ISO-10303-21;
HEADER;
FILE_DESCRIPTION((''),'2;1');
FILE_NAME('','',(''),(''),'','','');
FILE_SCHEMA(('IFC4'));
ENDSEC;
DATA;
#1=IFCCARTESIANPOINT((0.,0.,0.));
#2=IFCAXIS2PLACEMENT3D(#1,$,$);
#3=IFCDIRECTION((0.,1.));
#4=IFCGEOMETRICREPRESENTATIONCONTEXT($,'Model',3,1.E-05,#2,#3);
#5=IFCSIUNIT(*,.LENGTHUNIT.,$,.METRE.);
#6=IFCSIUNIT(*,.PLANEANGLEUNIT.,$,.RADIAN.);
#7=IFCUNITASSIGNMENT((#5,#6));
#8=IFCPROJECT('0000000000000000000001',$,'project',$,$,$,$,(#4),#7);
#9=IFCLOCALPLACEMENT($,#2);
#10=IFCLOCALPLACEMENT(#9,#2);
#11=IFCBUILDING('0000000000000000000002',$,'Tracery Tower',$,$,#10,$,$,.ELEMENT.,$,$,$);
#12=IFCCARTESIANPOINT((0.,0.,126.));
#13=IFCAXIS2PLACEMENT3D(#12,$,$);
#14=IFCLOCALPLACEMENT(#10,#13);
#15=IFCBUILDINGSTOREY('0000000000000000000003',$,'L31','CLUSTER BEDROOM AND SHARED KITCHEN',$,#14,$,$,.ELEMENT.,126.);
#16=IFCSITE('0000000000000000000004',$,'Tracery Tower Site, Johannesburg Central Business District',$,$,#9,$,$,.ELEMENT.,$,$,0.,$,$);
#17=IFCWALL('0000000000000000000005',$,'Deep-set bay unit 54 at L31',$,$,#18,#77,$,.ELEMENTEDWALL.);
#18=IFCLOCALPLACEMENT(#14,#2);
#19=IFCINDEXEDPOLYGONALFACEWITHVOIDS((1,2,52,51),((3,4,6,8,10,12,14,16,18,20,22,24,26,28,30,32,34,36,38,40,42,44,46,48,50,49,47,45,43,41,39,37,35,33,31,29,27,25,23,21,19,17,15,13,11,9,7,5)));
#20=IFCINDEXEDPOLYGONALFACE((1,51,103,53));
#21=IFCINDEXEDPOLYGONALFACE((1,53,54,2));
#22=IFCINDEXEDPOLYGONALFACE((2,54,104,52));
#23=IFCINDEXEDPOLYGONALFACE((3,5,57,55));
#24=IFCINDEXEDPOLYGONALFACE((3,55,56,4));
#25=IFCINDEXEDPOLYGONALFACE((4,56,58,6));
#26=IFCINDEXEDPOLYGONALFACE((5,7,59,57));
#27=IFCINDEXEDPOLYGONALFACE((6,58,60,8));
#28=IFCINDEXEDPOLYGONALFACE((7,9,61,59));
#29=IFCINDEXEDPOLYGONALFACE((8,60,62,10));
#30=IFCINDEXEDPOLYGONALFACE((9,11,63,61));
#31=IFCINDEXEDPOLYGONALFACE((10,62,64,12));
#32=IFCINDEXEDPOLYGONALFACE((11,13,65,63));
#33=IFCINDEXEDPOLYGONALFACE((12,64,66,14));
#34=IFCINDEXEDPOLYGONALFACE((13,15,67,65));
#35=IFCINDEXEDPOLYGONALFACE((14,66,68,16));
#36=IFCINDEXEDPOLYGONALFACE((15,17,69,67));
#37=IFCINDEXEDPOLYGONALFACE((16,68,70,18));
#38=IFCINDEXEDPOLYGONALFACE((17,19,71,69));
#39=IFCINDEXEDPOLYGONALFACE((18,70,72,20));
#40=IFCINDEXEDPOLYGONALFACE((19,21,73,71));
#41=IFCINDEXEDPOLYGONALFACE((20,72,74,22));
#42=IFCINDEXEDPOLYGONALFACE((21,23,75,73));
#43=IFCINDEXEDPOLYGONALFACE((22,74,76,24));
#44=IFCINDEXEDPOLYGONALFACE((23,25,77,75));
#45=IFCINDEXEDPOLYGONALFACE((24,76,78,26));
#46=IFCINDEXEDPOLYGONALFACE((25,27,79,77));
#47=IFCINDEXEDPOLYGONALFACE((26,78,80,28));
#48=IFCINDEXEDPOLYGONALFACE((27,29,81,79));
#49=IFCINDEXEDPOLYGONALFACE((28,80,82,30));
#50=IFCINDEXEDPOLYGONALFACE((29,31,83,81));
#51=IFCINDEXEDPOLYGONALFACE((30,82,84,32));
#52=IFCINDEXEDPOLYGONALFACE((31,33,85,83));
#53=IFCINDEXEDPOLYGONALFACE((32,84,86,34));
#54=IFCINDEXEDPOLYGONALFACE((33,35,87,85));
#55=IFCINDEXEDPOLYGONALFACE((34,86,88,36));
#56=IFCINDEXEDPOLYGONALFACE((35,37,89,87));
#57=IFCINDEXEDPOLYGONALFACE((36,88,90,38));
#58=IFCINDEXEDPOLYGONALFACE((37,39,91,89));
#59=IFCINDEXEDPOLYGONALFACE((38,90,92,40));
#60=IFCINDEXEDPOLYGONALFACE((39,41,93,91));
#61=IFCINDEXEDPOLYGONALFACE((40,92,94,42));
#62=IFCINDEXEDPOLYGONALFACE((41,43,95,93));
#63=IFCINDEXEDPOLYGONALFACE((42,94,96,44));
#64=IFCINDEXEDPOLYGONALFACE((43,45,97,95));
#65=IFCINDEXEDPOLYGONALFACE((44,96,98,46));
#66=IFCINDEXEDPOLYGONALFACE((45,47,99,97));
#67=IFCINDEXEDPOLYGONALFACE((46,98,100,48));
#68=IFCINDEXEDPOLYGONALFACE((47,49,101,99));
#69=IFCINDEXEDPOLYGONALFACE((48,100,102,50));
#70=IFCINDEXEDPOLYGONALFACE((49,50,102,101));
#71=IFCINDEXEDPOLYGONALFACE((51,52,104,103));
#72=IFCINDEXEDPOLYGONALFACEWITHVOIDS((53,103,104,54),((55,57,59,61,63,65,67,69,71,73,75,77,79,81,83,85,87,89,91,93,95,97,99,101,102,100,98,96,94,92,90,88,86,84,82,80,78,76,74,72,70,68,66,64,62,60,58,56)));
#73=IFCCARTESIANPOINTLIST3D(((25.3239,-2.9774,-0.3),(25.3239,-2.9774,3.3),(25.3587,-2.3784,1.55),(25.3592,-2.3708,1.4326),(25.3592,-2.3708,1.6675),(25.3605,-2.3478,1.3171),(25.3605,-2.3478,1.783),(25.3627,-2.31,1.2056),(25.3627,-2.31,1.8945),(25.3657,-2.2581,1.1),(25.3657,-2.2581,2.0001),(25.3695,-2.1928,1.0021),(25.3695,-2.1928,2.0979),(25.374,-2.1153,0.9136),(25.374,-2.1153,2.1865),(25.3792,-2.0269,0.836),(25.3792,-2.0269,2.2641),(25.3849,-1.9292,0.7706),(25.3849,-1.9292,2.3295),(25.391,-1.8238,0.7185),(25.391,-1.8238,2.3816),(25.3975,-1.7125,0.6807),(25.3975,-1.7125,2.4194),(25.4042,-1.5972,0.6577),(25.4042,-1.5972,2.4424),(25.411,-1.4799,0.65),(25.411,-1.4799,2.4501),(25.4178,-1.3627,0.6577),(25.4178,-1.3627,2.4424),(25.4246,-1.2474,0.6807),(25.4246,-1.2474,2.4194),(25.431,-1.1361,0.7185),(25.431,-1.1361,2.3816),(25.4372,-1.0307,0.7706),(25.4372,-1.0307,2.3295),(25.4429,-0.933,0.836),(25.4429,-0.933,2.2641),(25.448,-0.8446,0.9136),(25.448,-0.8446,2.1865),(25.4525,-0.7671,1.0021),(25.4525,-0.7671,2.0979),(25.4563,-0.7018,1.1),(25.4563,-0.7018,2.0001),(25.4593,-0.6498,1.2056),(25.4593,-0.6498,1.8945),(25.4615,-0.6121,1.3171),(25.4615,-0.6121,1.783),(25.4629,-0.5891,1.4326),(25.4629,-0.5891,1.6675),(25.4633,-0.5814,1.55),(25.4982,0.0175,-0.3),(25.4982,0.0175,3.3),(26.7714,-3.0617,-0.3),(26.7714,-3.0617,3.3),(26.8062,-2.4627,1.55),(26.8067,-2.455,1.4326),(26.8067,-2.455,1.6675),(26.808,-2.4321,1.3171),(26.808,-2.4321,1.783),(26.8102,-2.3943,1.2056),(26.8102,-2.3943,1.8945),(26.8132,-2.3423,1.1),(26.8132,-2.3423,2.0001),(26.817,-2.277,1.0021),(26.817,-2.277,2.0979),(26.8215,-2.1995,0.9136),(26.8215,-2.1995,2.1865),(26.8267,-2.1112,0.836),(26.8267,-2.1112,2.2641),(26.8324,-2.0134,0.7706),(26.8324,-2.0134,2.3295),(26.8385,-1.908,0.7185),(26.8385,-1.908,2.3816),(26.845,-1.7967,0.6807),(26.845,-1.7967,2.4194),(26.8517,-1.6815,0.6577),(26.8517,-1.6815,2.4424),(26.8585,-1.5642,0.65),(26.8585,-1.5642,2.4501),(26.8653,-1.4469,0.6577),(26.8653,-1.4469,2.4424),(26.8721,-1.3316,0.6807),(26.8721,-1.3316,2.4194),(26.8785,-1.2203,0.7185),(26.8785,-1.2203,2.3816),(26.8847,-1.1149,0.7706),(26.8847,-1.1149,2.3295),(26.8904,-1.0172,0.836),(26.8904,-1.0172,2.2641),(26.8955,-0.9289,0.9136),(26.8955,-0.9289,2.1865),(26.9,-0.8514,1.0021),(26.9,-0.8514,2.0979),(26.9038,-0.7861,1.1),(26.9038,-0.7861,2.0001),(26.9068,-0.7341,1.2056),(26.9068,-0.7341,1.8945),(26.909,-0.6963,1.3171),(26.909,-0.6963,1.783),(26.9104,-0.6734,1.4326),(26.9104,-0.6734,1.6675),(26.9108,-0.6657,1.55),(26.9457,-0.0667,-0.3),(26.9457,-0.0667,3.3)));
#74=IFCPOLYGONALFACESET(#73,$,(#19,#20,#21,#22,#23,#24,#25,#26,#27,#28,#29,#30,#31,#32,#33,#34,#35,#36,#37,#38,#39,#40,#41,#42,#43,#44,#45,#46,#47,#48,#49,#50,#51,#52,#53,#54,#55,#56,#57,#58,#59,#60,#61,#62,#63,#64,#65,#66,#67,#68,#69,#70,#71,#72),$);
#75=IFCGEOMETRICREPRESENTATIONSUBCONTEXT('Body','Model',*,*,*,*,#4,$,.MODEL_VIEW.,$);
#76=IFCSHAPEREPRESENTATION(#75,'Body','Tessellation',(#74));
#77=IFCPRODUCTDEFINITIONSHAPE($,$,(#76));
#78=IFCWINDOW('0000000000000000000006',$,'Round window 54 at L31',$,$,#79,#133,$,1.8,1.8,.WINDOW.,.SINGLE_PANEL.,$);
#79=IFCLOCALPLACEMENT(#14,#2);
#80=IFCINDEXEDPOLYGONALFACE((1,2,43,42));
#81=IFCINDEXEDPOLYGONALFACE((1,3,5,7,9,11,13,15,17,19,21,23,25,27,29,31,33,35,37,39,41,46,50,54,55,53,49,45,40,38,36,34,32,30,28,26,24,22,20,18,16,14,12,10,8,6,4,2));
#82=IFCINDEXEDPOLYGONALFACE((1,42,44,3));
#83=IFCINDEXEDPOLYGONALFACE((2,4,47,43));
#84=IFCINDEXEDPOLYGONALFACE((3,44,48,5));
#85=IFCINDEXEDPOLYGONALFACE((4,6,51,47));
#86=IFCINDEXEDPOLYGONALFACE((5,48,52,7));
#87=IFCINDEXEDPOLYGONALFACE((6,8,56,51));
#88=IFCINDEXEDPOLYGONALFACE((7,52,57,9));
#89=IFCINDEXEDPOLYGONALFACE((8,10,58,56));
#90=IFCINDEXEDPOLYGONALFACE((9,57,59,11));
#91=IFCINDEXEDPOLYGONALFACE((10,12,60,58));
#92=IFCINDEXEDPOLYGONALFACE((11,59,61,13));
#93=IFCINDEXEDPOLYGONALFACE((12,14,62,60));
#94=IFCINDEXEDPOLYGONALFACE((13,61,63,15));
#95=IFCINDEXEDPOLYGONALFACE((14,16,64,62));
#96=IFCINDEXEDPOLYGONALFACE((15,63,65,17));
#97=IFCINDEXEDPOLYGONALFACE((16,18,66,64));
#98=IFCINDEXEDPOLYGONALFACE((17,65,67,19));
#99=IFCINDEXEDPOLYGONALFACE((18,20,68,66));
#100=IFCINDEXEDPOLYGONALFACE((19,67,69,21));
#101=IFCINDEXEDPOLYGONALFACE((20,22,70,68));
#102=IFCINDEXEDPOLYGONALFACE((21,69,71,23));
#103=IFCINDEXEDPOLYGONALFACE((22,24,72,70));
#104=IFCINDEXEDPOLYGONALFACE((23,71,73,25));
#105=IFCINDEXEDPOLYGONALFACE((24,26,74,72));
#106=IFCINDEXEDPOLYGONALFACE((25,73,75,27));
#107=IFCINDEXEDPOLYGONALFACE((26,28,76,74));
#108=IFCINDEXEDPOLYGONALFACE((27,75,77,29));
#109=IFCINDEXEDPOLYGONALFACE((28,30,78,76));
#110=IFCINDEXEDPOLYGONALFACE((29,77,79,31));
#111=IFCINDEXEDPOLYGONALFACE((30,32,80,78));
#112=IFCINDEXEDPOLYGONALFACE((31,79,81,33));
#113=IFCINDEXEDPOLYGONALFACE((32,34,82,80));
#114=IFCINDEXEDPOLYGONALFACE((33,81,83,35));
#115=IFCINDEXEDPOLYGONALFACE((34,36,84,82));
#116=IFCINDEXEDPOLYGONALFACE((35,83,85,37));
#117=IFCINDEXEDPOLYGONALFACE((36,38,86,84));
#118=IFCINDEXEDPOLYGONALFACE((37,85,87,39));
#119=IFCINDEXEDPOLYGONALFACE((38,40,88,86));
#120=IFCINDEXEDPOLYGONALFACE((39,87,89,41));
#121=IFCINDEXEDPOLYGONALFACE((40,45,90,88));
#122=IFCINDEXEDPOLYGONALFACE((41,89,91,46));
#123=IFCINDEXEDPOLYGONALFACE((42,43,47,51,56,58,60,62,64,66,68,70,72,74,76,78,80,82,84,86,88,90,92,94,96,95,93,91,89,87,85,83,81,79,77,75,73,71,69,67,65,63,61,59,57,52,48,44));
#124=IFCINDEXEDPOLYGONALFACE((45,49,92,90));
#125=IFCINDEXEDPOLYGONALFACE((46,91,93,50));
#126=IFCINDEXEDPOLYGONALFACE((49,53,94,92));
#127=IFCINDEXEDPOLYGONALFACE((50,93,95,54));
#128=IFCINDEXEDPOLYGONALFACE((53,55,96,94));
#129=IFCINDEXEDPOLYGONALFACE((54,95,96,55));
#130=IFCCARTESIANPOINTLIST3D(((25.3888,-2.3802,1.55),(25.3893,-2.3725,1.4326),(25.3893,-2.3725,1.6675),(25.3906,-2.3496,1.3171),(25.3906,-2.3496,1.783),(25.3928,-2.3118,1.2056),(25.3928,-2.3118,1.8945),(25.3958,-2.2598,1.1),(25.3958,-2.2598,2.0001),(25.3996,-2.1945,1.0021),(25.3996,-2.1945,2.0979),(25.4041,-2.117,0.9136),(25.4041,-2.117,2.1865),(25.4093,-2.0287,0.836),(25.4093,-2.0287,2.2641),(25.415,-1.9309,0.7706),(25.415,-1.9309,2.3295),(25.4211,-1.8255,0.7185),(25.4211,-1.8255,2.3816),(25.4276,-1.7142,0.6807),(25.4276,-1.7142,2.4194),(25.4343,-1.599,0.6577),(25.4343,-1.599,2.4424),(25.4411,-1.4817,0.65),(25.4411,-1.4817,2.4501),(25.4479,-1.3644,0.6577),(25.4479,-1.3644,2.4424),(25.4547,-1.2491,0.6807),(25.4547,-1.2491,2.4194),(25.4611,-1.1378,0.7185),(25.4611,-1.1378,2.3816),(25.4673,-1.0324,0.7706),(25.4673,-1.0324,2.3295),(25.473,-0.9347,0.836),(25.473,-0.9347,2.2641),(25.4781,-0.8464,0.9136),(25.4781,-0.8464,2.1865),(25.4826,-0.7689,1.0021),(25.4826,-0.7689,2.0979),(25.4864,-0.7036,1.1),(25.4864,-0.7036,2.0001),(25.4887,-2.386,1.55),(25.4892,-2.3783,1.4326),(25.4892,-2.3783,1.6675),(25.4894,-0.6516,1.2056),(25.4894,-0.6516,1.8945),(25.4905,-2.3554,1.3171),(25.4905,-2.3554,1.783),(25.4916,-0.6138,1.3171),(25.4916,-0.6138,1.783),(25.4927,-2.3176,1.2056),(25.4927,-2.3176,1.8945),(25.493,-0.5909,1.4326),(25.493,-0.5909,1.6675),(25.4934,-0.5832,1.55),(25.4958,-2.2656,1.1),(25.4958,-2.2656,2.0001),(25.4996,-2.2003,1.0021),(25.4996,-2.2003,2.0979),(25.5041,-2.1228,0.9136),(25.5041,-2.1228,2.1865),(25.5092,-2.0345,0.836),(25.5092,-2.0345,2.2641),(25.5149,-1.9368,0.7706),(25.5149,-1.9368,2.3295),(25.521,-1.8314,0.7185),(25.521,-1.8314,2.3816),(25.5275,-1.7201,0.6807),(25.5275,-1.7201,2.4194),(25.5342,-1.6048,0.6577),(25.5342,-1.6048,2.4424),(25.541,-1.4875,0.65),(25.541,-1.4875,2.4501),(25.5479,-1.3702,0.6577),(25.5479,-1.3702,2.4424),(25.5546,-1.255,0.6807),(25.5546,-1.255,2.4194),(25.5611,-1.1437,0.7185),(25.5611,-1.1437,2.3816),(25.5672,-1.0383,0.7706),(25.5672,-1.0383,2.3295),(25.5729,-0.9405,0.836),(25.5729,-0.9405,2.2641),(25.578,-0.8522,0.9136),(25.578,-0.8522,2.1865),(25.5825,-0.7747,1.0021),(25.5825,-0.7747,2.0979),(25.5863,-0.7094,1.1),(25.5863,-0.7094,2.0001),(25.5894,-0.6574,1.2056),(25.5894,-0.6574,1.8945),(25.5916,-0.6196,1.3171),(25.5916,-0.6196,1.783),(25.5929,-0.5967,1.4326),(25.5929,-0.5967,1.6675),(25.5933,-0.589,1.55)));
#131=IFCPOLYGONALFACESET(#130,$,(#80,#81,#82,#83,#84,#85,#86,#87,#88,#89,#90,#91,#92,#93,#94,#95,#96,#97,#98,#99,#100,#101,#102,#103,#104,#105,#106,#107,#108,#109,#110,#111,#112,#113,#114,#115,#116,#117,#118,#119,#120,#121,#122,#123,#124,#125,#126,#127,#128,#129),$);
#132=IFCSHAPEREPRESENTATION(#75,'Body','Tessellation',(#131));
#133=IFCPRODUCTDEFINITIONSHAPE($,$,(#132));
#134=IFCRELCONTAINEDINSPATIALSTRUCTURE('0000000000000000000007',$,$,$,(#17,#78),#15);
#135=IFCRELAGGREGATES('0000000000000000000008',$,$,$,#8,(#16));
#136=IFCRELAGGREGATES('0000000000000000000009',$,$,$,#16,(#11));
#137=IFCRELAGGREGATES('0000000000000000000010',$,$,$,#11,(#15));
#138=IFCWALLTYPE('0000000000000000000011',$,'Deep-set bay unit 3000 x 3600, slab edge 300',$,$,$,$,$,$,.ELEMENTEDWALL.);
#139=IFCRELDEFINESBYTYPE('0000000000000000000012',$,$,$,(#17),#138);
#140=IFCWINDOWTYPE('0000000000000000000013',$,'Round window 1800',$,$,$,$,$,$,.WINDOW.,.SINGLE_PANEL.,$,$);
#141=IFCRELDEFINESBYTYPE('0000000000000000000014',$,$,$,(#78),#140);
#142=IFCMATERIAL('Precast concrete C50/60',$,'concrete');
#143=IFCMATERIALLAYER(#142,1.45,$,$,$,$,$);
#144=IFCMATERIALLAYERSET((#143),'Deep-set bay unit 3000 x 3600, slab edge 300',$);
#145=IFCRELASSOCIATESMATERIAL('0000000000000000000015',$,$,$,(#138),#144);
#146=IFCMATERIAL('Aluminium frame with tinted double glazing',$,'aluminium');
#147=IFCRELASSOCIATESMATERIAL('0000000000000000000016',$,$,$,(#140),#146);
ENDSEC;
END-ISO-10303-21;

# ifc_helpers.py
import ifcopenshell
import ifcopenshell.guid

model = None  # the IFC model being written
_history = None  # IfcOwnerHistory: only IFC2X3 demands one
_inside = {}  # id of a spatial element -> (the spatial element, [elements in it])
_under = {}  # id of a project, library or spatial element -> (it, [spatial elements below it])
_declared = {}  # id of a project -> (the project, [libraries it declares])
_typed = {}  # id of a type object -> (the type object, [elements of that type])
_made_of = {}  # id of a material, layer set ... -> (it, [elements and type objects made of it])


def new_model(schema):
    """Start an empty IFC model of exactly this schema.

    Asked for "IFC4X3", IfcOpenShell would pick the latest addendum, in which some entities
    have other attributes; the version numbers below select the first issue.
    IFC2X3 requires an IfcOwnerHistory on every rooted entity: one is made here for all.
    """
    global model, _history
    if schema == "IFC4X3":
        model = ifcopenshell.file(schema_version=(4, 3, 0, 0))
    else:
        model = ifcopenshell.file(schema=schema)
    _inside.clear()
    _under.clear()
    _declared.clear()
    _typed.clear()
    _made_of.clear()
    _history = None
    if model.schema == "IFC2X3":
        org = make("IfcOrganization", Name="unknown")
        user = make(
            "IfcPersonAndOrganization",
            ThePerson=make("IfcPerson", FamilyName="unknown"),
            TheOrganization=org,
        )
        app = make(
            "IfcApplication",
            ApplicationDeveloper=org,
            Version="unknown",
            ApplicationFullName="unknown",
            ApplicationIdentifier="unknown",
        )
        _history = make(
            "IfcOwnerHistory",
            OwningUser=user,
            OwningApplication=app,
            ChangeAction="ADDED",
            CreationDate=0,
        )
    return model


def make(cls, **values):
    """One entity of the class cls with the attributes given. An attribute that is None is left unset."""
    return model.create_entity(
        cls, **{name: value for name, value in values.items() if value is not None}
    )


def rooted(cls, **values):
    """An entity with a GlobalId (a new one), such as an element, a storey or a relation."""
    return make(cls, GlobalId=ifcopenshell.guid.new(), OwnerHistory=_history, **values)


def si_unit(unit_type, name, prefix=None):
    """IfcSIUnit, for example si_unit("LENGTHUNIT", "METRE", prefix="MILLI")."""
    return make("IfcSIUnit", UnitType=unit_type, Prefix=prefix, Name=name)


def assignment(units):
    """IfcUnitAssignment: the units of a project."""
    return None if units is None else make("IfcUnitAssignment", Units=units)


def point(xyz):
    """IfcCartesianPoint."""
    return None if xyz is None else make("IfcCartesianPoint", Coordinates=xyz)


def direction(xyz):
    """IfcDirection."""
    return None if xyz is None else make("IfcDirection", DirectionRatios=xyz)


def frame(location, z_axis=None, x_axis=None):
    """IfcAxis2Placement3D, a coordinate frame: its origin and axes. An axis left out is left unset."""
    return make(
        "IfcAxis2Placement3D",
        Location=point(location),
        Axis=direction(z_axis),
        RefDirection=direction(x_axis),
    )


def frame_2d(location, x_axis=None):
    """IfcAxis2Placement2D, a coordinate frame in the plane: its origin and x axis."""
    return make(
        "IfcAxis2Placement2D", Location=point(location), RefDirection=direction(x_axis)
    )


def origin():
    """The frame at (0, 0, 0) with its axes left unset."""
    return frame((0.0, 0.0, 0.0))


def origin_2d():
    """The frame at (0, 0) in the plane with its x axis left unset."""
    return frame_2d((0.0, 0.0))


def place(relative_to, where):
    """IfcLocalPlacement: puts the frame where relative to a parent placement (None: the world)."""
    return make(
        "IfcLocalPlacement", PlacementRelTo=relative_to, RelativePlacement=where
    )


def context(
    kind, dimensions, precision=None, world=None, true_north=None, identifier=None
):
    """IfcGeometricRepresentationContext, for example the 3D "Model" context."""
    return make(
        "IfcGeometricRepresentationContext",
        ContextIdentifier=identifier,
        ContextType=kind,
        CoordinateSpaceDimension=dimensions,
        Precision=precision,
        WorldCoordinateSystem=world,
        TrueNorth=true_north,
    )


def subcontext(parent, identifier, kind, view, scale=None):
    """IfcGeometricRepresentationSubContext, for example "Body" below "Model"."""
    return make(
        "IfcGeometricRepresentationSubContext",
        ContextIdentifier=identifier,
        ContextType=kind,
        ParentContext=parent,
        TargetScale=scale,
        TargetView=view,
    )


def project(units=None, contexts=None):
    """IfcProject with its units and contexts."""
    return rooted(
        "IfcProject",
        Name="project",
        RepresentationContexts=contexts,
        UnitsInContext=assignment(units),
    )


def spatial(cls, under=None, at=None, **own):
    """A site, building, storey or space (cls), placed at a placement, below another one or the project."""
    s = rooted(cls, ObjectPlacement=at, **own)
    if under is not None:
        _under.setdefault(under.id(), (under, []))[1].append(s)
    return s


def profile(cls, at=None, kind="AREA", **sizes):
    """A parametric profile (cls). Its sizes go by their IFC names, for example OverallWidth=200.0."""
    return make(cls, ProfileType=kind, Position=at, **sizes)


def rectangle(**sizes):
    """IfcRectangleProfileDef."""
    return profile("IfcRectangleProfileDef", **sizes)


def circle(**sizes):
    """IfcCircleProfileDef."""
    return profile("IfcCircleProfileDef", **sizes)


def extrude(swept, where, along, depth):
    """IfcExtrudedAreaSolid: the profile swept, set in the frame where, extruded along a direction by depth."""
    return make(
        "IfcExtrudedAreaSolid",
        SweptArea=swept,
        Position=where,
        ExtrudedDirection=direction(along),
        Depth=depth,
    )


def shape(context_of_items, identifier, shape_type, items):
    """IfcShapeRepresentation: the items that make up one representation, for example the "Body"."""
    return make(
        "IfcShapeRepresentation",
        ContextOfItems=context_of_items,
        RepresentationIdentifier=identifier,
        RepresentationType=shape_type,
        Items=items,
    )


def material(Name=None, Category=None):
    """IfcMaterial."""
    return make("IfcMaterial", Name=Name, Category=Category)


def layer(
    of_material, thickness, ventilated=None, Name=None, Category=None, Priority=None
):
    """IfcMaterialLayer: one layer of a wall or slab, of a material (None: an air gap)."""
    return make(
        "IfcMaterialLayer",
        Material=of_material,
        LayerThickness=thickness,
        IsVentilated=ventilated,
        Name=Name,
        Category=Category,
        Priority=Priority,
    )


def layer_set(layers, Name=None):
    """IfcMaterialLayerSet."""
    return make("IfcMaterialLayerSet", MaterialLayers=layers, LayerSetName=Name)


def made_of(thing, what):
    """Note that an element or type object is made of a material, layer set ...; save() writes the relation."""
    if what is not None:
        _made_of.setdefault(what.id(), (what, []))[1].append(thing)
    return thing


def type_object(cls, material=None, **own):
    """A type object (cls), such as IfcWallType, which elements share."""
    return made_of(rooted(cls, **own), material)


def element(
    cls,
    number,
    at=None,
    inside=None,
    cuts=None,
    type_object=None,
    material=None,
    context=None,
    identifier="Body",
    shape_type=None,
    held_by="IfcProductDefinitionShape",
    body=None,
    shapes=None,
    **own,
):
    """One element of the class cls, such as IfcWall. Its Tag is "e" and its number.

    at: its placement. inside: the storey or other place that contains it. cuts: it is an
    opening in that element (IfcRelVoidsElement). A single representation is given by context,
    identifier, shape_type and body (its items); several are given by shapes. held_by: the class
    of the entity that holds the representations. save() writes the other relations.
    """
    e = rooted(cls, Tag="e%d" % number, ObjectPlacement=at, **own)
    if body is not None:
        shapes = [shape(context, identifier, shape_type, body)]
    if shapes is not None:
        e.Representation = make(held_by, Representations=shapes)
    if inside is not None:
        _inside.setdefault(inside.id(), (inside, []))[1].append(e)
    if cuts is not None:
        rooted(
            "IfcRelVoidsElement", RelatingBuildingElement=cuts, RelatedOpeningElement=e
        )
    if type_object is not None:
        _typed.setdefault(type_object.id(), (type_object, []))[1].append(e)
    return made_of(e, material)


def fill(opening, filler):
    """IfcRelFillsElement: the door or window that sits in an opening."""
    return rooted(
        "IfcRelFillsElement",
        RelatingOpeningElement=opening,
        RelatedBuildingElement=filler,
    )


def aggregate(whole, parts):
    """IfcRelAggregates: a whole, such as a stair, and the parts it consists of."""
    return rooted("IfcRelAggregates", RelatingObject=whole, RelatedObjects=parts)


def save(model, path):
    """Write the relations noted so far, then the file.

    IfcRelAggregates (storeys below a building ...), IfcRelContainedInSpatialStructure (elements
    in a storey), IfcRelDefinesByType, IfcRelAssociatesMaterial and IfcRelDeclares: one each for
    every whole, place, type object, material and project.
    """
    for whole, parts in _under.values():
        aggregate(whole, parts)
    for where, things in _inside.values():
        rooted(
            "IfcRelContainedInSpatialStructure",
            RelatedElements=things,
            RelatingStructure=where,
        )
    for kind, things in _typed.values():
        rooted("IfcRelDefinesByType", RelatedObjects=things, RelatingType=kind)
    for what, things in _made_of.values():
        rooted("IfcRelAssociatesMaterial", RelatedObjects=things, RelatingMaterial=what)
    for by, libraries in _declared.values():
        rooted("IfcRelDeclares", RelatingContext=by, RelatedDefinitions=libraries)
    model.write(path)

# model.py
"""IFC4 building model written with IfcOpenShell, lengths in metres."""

from ifc_helpers import new_model, si_unit, direction, frame, frame_2d, origin, origin_2d, place, context, subcontext, project, spatial, rectangle, circle, extrude, material, layer, layer_set, type_object, element, fill, save


model = new_model("IFC4")

# Units and contexts
model_context = context("Model", 3, precision=1e-05, world=origin(), true_north=direction((0.0, 1.0)))
body_context = subcontext(model_context, "Body", "Model", "MODEL_VIEW")
ifc_project = project(units=[si_unit("LENGTHUNIT", "METRE"), si_unit("PLANEANGLEUNIT", "RADIAN")], contexts=[model_context])

# Site, building, storey
site_placement = place(None, origin())
site = spatial("IfcSite", under=ifc_project, at=site_placement, Name="Tracery Tower Site, Johannesburg Central Business District", CompositionType="ELEMENT", RefElevation=0.0)
building_placement = place(site_placement, origin())
building = spatial("IfcBuilding", under=site, at=building_placement, Name="Tracery Tower", CompositionType="ELEMENT")
storey_placement = place(building_placement, frame((0.0, 0.0, 126.0)))
storey = spatial("IfcBuildingStorey", under=building, at=storey_placement, Name="L31", Description="CLUSTER BEDROOM AND SHARED KITCHEN", CompositionType="ELEMENT", Elevation=126.0)

# Wall, opening, window
ifc_material_1 = material(Name="Precast concrete C50/60", Category="concrete")
ifc_layer_1 = layer(ifc_material_1, 1.45)
ifc_layer_set_1 = layer_set([ifc_layer_1], Name="Deep-set bay unit 3000 x 3600, slab edge 300")
wall_type_1 = type_object("IfcWallType", Name="Deep-set bay unit 3000 x 3600, slab edge 300", PredefinedType="ELEMENTEDWALL", material=ifc_layer_set_1)
ifc_material_2 = material(Name="Aluminium frame with tinted double glazing", Category="aluminium")
window_type = type_object("IfcWindowType", Name="Round window 1800", PartitioningType="SINGLE_PANEL", PredefinedType="WINDOW", material=ifc_material_2)
wall_1_placement = place(storey_placement, frame((26.0476, -3.0195, -0.3), z_axis=(0.0, 0.0, 1.0), x_axis=(0.058107, 0.99831, 0.0)))
wall_1 = element("IfcWall", 1, at=wall_1_placement, inside=storey, type_object=wall_type_1, Name="Deep-set bay unit 54 at L31", PredefinedType="ELEMENTEDWALL", context=body_context, shape_type="SweptSolid", body=[
    extrude(rectangle(XDim=3.0, YDim=1.45, at=frame_2d((1.5, 0.0))), origin(), (0.0, 0.0, 1.0), 3.6001),
])
opening_1_placement = place(wall_1_placement, frame((1.5, 0.0, 1.8501)))
opening_1 = element("IfcOpeningElement", 2, at=opening_1_placement, cuts=wall_1, PredefinedType="OPENING", context=body_context, shape_type="SweptSolid", body=[
    extrude(circle(Radius=0.9, at=origin_2d()), frame((0.0, 0.7349, 0.0), z_axis=(0.0, -1.0, 0.0), x_axis=(1.0, 0.0, 0.0)), (0.0, 0.0, 1.0), 1.47),
])
window_1_placement = place(opening_1_placement, origin())
window_1 = element("IfcWindow", 3, at=window_1_placement, inside=storey, type_object=window_type, Name="Round window 54 at L31", OverallHeight=1.8, OverallWidth=1.8, PartitioningType="SINGLE_PANEL", PredefinedType="WINDOW", context=body_context, shape_type="SweptSolid", body=[
    extrude(circle(Radius=0.9, at=origin_2d()), frame((0.0, 0.6948, 0.0), z_axis=(0.0, -1.0, 0.0), x_axis=(1.0, 0.0, 0.0)), (0.0, 0.0, 1.0), 0.1001),
])
fill(opening_1, window_1)

save(model, "model.ifc")
